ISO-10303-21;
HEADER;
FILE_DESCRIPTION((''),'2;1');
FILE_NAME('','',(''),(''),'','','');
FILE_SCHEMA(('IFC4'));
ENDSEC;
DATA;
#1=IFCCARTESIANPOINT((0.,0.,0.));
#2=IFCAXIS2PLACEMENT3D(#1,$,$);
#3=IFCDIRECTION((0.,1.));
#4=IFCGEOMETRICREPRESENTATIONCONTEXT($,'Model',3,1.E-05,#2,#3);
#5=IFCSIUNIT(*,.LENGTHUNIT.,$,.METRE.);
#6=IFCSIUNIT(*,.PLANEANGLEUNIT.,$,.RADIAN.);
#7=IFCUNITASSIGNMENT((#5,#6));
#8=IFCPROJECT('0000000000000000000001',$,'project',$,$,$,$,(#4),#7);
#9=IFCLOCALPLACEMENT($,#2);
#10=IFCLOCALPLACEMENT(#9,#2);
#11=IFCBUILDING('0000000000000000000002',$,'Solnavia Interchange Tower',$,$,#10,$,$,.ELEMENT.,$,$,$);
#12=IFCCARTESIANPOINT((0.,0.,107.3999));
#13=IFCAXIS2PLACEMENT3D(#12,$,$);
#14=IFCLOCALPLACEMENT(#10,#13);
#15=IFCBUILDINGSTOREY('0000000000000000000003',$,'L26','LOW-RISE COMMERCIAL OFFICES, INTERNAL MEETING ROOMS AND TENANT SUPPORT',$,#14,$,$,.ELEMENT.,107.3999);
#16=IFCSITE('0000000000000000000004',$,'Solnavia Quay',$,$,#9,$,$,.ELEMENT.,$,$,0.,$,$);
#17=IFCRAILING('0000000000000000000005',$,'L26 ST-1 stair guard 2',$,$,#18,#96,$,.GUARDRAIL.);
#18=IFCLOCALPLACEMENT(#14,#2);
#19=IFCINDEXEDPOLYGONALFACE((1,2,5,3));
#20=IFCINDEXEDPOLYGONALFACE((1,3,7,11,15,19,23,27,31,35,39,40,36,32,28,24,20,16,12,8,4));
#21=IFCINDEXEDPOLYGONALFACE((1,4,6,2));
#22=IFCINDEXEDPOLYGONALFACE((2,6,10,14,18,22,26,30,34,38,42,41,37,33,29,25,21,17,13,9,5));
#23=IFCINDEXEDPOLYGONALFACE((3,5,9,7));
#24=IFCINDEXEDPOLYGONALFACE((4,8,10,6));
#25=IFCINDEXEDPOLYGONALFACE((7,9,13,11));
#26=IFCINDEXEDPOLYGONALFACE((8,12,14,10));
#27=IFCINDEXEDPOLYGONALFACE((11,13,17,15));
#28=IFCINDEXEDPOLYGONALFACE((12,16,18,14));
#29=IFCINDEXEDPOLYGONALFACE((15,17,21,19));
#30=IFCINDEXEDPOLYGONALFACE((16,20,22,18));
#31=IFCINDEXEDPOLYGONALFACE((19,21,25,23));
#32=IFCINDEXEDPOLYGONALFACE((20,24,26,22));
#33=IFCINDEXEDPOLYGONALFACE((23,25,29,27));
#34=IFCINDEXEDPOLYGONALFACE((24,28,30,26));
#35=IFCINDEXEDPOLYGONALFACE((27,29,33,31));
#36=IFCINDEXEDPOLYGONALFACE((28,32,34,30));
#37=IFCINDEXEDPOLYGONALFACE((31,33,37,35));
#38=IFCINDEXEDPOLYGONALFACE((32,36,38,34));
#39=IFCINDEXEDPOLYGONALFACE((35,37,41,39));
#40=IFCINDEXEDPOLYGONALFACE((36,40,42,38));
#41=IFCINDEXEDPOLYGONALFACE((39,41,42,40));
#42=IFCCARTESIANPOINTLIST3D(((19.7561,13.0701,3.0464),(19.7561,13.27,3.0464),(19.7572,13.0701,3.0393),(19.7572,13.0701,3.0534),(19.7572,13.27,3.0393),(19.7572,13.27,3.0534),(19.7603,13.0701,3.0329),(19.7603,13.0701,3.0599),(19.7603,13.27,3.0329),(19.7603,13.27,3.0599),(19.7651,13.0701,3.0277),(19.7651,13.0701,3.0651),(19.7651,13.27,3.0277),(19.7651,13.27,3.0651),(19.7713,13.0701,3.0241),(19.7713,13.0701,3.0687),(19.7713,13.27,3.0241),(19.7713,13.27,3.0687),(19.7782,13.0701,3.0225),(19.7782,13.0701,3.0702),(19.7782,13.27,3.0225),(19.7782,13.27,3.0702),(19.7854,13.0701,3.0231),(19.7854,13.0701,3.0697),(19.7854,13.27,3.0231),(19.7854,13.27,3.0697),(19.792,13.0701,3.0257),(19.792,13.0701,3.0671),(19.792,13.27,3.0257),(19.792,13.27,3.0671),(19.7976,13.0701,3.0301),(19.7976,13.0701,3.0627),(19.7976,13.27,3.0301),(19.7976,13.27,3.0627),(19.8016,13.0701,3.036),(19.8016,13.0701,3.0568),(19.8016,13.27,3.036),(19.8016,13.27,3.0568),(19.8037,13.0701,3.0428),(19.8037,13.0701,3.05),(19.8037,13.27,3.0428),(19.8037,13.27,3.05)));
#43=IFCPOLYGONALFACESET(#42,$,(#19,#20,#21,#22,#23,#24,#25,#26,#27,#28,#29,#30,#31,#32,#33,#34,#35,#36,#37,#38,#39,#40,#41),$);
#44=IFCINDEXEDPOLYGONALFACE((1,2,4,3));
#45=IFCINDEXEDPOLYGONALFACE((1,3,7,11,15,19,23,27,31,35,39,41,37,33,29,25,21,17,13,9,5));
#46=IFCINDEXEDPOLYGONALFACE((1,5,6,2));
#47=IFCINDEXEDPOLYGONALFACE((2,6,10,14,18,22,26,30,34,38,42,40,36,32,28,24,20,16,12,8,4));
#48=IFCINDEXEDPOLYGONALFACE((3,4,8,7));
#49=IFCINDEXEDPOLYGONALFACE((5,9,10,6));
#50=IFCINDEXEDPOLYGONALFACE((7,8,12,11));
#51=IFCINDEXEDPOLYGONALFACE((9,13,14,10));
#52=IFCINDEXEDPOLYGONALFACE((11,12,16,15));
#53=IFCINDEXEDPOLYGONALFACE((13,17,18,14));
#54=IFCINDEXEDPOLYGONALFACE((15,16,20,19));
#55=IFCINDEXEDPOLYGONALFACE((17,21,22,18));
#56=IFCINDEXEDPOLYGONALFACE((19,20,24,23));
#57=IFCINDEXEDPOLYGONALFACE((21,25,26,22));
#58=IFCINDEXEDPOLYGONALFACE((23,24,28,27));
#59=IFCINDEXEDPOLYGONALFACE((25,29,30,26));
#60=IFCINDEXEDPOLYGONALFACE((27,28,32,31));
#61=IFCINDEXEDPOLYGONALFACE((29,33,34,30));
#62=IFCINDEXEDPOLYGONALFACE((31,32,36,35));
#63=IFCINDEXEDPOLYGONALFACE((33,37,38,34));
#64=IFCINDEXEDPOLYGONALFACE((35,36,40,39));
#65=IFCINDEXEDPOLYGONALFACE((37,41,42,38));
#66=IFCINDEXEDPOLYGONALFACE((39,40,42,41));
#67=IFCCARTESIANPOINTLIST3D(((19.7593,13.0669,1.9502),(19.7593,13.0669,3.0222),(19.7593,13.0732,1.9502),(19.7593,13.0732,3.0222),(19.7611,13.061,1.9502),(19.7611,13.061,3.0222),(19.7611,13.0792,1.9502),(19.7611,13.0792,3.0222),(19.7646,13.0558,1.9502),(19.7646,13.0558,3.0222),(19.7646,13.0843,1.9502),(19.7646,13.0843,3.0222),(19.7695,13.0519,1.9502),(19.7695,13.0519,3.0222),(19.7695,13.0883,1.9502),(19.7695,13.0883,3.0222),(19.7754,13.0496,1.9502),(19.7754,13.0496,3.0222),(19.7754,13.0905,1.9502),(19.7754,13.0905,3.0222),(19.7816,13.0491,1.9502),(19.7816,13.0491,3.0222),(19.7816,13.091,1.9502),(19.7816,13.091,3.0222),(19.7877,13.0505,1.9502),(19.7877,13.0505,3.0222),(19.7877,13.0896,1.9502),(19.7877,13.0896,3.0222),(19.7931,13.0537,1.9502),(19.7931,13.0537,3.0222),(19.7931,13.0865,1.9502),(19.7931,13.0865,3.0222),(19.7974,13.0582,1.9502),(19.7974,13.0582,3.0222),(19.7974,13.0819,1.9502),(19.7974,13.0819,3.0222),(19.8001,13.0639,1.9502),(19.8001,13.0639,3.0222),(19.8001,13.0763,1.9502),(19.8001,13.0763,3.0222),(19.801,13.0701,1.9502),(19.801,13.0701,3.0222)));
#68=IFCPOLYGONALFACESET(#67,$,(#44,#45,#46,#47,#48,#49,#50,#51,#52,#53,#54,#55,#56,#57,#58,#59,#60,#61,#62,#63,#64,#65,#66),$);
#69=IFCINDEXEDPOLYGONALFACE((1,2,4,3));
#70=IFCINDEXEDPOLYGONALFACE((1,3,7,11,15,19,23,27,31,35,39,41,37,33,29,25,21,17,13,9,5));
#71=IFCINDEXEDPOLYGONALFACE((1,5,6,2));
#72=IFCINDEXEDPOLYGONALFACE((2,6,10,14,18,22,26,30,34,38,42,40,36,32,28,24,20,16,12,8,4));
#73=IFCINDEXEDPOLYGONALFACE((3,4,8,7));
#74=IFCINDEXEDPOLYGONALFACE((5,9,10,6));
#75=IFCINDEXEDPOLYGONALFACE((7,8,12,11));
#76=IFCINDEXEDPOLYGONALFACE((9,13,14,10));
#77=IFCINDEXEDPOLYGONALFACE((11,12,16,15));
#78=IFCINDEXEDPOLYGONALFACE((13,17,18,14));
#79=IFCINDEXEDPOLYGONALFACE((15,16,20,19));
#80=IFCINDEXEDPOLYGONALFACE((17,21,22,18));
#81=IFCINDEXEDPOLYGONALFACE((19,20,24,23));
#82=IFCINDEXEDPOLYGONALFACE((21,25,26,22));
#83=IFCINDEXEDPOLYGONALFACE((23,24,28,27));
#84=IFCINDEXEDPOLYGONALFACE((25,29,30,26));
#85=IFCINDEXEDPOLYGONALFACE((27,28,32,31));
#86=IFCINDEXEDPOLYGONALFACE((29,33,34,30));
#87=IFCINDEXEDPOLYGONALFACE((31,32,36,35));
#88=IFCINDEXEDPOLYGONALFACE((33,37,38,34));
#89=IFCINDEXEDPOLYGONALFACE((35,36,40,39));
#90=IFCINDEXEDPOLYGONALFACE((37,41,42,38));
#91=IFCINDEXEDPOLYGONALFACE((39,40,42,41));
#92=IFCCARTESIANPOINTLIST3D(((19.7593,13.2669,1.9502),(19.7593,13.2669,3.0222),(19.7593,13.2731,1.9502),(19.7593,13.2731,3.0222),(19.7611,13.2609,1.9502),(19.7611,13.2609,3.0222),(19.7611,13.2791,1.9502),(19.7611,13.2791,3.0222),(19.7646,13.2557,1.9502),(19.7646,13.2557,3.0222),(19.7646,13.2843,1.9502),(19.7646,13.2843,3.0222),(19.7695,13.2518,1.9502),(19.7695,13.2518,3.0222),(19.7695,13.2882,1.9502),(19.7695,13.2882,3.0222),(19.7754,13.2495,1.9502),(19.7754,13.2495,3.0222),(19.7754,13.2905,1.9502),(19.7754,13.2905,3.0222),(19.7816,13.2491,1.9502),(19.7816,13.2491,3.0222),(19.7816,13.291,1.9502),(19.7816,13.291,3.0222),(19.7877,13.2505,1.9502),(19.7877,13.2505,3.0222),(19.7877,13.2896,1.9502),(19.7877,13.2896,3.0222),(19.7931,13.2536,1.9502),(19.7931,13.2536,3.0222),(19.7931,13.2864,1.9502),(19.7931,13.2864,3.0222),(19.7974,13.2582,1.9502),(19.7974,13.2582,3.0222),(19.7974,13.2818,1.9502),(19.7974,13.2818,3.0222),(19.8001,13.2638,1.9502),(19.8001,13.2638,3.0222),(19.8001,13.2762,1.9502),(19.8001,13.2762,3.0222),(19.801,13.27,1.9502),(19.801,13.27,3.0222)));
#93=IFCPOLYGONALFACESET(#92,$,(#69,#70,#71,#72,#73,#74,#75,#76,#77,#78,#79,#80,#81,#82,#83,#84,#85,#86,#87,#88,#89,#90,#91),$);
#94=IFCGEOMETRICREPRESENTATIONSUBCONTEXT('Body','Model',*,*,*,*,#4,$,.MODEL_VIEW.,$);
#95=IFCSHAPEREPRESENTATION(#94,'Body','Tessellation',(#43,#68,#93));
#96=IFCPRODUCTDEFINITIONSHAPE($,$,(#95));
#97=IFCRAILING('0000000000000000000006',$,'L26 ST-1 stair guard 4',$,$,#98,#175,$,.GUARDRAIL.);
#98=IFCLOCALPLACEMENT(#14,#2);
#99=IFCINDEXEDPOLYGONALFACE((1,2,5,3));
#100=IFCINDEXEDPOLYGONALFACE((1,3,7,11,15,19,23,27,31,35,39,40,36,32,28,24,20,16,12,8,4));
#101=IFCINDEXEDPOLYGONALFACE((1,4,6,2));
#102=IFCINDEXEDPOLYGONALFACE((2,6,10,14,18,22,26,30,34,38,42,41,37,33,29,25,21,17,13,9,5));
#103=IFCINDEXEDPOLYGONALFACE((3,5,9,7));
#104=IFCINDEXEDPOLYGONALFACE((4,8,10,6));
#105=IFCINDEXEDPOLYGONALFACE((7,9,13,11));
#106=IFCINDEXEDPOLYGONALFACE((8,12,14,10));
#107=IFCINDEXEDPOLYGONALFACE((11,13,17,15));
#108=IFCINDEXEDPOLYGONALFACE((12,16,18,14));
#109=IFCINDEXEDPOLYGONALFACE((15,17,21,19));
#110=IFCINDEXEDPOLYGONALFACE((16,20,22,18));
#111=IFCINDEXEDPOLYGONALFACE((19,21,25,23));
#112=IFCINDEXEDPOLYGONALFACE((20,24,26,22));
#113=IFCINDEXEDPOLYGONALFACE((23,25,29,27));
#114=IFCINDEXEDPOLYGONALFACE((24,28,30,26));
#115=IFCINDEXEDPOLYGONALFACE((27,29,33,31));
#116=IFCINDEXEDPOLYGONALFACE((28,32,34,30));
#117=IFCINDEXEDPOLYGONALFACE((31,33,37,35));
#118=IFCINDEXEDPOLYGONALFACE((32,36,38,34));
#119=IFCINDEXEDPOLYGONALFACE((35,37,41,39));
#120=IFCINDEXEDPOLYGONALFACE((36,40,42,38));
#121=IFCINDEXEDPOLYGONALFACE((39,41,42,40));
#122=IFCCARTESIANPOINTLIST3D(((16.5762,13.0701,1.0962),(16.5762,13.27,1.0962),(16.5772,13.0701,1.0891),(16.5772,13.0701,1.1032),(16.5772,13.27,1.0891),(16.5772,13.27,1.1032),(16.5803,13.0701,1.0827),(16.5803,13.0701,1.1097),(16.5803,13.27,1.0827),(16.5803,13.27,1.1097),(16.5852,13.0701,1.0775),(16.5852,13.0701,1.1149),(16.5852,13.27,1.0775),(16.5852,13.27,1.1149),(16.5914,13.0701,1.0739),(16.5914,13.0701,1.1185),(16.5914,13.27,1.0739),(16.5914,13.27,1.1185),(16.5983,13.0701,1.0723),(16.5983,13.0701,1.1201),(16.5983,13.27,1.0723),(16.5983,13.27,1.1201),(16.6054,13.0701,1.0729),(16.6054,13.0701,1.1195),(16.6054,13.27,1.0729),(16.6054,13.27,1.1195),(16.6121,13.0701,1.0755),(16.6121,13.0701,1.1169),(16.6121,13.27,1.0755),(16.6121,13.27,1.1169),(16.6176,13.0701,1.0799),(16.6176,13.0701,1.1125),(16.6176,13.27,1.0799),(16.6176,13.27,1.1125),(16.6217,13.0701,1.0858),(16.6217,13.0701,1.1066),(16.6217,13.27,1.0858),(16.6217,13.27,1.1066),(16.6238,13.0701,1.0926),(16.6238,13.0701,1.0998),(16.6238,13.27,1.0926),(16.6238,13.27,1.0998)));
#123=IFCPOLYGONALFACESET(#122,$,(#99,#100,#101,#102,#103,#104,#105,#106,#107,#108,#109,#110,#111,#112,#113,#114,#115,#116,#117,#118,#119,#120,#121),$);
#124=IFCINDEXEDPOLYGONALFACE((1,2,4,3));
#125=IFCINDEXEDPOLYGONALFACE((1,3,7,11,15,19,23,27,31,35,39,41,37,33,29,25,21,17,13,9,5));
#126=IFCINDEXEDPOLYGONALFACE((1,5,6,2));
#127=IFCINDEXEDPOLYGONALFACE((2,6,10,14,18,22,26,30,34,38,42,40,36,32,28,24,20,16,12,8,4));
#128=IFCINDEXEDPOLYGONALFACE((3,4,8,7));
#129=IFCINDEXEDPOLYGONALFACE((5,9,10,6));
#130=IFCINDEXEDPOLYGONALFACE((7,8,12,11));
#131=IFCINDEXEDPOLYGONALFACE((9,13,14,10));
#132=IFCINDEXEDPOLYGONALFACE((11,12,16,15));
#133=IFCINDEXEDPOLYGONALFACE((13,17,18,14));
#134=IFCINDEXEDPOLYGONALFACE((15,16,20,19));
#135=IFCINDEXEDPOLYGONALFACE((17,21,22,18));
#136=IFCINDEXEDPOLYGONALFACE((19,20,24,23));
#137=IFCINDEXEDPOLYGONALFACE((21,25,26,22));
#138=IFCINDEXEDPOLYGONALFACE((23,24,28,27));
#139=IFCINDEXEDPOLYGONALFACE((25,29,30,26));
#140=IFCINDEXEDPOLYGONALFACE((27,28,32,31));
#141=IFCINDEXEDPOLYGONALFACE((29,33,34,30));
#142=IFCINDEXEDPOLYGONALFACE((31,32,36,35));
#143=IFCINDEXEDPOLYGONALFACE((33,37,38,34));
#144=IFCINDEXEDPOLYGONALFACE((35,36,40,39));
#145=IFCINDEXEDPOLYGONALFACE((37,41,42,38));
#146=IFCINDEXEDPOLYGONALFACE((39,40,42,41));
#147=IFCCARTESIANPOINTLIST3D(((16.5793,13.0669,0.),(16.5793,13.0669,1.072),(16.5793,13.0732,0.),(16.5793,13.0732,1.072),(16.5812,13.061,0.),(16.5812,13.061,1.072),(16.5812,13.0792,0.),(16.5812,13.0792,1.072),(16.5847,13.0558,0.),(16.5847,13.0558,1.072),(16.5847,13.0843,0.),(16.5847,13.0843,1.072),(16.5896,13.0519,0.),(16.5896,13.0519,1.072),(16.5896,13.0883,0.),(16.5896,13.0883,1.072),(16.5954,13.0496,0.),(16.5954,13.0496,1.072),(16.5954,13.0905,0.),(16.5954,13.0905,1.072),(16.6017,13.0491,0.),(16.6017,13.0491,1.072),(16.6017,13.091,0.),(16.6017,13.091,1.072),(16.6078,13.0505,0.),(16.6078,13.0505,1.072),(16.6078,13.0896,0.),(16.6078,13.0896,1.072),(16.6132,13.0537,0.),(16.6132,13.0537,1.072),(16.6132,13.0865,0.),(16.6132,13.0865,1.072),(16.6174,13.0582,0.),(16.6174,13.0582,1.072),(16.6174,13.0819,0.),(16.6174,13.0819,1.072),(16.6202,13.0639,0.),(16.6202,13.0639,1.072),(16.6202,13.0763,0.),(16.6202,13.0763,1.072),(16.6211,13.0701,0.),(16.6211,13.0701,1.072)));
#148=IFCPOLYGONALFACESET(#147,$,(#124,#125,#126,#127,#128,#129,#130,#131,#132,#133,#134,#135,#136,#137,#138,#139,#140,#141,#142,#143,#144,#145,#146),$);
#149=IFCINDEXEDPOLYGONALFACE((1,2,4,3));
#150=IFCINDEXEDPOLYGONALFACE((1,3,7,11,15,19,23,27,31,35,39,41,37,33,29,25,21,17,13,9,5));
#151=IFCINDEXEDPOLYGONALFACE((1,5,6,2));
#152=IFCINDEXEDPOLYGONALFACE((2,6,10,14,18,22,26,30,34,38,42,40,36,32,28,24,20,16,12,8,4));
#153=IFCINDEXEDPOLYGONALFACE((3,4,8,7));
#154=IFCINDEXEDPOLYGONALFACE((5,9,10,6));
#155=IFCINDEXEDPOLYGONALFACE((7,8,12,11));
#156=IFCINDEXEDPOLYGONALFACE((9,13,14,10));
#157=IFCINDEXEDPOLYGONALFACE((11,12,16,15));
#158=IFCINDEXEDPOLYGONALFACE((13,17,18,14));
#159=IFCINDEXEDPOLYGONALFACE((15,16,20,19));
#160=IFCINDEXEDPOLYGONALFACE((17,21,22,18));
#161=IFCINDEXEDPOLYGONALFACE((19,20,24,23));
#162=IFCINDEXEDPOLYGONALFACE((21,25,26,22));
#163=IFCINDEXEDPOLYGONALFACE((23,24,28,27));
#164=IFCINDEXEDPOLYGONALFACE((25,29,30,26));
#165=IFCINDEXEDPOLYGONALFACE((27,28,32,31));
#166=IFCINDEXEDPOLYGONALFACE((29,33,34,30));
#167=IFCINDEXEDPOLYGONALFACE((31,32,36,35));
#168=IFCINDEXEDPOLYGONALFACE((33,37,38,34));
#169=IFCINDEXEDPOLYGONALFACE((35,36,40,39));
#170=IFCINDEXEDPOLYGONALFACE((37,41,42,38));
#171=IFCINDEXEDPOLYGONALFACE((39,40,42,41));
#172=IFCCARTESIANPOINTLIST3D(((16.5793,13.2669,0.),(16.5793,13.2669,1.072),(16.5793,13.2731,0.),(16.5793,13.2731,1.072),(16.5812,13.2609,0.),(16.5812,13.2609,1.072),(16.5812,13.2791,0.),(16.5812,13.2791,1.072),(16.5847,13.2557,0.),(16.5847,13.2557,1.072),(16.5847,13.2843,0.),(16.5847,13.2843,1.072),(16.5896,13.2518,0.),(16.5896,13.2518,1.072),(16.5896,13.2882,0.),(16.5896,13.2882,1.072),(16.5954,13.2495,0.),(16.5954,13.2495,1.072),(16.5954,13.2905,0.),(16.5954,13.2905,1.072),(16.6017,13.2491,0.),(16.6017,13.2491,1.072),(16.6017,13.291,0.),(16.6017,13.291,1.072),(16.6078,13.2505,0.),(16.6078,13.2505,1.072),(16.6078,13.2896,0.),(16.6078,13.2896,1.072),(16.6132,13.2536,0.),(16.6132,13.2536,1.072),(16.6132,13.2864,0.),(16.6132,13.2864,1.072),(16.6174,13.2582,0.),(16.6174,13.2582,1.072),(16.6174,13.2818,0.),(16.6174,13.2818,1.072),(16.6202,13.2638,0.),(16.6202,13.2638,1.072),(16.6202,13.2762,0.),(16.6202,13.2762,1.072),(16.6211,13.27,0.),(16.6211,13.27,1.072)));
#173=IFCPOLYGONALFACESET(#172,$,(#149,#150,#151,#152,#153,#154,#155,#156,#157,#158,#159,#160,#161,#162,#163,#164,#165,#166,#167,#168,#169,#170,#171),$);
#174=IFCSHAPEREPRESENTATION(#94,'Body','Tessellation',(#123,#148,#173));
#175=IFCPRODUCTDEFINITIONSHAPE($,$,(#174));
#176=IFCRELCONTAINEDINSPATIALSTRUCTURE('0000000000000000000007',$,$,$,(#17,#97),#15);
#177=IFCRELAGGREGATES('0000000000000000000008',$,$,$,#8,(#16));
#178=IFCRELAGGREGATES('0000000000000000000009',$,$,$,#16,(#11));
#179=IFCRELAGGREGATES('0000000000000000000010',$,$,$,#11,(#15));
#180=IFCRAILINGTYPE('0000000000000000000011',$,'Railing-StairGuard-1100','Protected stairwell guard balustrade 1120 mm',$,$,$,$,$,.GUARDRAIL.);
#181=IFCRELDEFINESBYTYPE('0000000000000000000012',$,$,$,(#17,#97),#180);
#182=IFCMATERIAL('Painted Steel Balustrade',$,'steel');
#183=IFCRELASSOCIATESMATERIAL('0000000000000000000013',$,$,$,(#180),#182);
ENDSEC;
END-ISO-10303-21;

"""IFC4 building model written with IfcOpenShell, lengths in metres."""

from ifc_helpers import new_model, si_unit, direction, frame, origin, origin_2d, place, context, subcontext, project, spatial, circle, extrude, material, type_object, element, save


model = new_model("IFC4")

# Units and contexts
model_context = context("Model", 3, precision=1e-05, world=origin(), true_north=direction((0.0, 1.0)))
body_context = subcontext(model_context, "Body", "Model", "MODEL_VIEW")
ifc_project = project(units=[si_unit("LENGTHUNIT", "METRE"), si_unit("PLANEANGLEUNIT", "RADIAN")], contexts=[model_context])

# Site, building, storey
site_placement = place(None, origin())
site = spatial("IfcSite", under=ifc_project, at=site_placement, Name="Solnavia Quay", CompositionType="ELEMENT", RefElevation=0.0)
building_placement = place(site_placement, origin())
building = spatial("IfcBuilding", under=site, at=building_placement, Name="Solnavia Interchange Tower", CompositionType="ELEMENT")
storey_placement = place(building_placement, frame((0.0, 0.0, 107.3999)))
storey = spatial("IfcBuildingStorey", under=building, at=storey_placement, Name="L26", Description="LOW-RISE COMMERCIAL OFFICES, INTERNAL MEETING ROOMS AND TENANT SUPPORT", CompositionType="ELEMENT", Elevation=107.3999)

# Railings
ifc_material_1 = material(Name="Painted Steel Balustrade", Category="steel")
railing_type_1 = type_object("IfcRailingType", Name="Railing-StairGuard-1100", Description="Protected stairwell guard balustrade 1120 mm", PredefinedType="GUARDRAIL", material=ifc_material_1)
for number, where, name in (
    (1, (19.78, 13.0701, 1.9502), "L26 ST-1 stair guard 2"),
    (2, (16.6001, 13.0701, 0.0), "L26 ST-1 stair guard 4"),
):
    element("IfcRailing", number, at=place(storey_placement, frame(where)), inside=storey, type_object=railing_type_1, Name=name, PredefinedType="GUARDRAIL", context=body_context, shape_type="SweptSolid", body=[
        extrude(circle(Radius=0.0239, at=origin_2d()), frame((0.0, 0.0, 1.0962), z_axis=(0.0, 1.0, 0.0), x_axis=(-1.0, 0.0, 0.0)), (0.0, 0.0, 1.0), 0.2),
        extrude(circle(Radius=0.021, at=origin_2d()), origin(), (0.0, 0.0, 1.0), 1.072),
        extrude(circle(Radius=0.021, at=origin_2d()), frame((0.0, 0.2, 0.0)), (0.0, 0.0, 1.0), 1.072),
    ])

save(model, "model.ifc")
